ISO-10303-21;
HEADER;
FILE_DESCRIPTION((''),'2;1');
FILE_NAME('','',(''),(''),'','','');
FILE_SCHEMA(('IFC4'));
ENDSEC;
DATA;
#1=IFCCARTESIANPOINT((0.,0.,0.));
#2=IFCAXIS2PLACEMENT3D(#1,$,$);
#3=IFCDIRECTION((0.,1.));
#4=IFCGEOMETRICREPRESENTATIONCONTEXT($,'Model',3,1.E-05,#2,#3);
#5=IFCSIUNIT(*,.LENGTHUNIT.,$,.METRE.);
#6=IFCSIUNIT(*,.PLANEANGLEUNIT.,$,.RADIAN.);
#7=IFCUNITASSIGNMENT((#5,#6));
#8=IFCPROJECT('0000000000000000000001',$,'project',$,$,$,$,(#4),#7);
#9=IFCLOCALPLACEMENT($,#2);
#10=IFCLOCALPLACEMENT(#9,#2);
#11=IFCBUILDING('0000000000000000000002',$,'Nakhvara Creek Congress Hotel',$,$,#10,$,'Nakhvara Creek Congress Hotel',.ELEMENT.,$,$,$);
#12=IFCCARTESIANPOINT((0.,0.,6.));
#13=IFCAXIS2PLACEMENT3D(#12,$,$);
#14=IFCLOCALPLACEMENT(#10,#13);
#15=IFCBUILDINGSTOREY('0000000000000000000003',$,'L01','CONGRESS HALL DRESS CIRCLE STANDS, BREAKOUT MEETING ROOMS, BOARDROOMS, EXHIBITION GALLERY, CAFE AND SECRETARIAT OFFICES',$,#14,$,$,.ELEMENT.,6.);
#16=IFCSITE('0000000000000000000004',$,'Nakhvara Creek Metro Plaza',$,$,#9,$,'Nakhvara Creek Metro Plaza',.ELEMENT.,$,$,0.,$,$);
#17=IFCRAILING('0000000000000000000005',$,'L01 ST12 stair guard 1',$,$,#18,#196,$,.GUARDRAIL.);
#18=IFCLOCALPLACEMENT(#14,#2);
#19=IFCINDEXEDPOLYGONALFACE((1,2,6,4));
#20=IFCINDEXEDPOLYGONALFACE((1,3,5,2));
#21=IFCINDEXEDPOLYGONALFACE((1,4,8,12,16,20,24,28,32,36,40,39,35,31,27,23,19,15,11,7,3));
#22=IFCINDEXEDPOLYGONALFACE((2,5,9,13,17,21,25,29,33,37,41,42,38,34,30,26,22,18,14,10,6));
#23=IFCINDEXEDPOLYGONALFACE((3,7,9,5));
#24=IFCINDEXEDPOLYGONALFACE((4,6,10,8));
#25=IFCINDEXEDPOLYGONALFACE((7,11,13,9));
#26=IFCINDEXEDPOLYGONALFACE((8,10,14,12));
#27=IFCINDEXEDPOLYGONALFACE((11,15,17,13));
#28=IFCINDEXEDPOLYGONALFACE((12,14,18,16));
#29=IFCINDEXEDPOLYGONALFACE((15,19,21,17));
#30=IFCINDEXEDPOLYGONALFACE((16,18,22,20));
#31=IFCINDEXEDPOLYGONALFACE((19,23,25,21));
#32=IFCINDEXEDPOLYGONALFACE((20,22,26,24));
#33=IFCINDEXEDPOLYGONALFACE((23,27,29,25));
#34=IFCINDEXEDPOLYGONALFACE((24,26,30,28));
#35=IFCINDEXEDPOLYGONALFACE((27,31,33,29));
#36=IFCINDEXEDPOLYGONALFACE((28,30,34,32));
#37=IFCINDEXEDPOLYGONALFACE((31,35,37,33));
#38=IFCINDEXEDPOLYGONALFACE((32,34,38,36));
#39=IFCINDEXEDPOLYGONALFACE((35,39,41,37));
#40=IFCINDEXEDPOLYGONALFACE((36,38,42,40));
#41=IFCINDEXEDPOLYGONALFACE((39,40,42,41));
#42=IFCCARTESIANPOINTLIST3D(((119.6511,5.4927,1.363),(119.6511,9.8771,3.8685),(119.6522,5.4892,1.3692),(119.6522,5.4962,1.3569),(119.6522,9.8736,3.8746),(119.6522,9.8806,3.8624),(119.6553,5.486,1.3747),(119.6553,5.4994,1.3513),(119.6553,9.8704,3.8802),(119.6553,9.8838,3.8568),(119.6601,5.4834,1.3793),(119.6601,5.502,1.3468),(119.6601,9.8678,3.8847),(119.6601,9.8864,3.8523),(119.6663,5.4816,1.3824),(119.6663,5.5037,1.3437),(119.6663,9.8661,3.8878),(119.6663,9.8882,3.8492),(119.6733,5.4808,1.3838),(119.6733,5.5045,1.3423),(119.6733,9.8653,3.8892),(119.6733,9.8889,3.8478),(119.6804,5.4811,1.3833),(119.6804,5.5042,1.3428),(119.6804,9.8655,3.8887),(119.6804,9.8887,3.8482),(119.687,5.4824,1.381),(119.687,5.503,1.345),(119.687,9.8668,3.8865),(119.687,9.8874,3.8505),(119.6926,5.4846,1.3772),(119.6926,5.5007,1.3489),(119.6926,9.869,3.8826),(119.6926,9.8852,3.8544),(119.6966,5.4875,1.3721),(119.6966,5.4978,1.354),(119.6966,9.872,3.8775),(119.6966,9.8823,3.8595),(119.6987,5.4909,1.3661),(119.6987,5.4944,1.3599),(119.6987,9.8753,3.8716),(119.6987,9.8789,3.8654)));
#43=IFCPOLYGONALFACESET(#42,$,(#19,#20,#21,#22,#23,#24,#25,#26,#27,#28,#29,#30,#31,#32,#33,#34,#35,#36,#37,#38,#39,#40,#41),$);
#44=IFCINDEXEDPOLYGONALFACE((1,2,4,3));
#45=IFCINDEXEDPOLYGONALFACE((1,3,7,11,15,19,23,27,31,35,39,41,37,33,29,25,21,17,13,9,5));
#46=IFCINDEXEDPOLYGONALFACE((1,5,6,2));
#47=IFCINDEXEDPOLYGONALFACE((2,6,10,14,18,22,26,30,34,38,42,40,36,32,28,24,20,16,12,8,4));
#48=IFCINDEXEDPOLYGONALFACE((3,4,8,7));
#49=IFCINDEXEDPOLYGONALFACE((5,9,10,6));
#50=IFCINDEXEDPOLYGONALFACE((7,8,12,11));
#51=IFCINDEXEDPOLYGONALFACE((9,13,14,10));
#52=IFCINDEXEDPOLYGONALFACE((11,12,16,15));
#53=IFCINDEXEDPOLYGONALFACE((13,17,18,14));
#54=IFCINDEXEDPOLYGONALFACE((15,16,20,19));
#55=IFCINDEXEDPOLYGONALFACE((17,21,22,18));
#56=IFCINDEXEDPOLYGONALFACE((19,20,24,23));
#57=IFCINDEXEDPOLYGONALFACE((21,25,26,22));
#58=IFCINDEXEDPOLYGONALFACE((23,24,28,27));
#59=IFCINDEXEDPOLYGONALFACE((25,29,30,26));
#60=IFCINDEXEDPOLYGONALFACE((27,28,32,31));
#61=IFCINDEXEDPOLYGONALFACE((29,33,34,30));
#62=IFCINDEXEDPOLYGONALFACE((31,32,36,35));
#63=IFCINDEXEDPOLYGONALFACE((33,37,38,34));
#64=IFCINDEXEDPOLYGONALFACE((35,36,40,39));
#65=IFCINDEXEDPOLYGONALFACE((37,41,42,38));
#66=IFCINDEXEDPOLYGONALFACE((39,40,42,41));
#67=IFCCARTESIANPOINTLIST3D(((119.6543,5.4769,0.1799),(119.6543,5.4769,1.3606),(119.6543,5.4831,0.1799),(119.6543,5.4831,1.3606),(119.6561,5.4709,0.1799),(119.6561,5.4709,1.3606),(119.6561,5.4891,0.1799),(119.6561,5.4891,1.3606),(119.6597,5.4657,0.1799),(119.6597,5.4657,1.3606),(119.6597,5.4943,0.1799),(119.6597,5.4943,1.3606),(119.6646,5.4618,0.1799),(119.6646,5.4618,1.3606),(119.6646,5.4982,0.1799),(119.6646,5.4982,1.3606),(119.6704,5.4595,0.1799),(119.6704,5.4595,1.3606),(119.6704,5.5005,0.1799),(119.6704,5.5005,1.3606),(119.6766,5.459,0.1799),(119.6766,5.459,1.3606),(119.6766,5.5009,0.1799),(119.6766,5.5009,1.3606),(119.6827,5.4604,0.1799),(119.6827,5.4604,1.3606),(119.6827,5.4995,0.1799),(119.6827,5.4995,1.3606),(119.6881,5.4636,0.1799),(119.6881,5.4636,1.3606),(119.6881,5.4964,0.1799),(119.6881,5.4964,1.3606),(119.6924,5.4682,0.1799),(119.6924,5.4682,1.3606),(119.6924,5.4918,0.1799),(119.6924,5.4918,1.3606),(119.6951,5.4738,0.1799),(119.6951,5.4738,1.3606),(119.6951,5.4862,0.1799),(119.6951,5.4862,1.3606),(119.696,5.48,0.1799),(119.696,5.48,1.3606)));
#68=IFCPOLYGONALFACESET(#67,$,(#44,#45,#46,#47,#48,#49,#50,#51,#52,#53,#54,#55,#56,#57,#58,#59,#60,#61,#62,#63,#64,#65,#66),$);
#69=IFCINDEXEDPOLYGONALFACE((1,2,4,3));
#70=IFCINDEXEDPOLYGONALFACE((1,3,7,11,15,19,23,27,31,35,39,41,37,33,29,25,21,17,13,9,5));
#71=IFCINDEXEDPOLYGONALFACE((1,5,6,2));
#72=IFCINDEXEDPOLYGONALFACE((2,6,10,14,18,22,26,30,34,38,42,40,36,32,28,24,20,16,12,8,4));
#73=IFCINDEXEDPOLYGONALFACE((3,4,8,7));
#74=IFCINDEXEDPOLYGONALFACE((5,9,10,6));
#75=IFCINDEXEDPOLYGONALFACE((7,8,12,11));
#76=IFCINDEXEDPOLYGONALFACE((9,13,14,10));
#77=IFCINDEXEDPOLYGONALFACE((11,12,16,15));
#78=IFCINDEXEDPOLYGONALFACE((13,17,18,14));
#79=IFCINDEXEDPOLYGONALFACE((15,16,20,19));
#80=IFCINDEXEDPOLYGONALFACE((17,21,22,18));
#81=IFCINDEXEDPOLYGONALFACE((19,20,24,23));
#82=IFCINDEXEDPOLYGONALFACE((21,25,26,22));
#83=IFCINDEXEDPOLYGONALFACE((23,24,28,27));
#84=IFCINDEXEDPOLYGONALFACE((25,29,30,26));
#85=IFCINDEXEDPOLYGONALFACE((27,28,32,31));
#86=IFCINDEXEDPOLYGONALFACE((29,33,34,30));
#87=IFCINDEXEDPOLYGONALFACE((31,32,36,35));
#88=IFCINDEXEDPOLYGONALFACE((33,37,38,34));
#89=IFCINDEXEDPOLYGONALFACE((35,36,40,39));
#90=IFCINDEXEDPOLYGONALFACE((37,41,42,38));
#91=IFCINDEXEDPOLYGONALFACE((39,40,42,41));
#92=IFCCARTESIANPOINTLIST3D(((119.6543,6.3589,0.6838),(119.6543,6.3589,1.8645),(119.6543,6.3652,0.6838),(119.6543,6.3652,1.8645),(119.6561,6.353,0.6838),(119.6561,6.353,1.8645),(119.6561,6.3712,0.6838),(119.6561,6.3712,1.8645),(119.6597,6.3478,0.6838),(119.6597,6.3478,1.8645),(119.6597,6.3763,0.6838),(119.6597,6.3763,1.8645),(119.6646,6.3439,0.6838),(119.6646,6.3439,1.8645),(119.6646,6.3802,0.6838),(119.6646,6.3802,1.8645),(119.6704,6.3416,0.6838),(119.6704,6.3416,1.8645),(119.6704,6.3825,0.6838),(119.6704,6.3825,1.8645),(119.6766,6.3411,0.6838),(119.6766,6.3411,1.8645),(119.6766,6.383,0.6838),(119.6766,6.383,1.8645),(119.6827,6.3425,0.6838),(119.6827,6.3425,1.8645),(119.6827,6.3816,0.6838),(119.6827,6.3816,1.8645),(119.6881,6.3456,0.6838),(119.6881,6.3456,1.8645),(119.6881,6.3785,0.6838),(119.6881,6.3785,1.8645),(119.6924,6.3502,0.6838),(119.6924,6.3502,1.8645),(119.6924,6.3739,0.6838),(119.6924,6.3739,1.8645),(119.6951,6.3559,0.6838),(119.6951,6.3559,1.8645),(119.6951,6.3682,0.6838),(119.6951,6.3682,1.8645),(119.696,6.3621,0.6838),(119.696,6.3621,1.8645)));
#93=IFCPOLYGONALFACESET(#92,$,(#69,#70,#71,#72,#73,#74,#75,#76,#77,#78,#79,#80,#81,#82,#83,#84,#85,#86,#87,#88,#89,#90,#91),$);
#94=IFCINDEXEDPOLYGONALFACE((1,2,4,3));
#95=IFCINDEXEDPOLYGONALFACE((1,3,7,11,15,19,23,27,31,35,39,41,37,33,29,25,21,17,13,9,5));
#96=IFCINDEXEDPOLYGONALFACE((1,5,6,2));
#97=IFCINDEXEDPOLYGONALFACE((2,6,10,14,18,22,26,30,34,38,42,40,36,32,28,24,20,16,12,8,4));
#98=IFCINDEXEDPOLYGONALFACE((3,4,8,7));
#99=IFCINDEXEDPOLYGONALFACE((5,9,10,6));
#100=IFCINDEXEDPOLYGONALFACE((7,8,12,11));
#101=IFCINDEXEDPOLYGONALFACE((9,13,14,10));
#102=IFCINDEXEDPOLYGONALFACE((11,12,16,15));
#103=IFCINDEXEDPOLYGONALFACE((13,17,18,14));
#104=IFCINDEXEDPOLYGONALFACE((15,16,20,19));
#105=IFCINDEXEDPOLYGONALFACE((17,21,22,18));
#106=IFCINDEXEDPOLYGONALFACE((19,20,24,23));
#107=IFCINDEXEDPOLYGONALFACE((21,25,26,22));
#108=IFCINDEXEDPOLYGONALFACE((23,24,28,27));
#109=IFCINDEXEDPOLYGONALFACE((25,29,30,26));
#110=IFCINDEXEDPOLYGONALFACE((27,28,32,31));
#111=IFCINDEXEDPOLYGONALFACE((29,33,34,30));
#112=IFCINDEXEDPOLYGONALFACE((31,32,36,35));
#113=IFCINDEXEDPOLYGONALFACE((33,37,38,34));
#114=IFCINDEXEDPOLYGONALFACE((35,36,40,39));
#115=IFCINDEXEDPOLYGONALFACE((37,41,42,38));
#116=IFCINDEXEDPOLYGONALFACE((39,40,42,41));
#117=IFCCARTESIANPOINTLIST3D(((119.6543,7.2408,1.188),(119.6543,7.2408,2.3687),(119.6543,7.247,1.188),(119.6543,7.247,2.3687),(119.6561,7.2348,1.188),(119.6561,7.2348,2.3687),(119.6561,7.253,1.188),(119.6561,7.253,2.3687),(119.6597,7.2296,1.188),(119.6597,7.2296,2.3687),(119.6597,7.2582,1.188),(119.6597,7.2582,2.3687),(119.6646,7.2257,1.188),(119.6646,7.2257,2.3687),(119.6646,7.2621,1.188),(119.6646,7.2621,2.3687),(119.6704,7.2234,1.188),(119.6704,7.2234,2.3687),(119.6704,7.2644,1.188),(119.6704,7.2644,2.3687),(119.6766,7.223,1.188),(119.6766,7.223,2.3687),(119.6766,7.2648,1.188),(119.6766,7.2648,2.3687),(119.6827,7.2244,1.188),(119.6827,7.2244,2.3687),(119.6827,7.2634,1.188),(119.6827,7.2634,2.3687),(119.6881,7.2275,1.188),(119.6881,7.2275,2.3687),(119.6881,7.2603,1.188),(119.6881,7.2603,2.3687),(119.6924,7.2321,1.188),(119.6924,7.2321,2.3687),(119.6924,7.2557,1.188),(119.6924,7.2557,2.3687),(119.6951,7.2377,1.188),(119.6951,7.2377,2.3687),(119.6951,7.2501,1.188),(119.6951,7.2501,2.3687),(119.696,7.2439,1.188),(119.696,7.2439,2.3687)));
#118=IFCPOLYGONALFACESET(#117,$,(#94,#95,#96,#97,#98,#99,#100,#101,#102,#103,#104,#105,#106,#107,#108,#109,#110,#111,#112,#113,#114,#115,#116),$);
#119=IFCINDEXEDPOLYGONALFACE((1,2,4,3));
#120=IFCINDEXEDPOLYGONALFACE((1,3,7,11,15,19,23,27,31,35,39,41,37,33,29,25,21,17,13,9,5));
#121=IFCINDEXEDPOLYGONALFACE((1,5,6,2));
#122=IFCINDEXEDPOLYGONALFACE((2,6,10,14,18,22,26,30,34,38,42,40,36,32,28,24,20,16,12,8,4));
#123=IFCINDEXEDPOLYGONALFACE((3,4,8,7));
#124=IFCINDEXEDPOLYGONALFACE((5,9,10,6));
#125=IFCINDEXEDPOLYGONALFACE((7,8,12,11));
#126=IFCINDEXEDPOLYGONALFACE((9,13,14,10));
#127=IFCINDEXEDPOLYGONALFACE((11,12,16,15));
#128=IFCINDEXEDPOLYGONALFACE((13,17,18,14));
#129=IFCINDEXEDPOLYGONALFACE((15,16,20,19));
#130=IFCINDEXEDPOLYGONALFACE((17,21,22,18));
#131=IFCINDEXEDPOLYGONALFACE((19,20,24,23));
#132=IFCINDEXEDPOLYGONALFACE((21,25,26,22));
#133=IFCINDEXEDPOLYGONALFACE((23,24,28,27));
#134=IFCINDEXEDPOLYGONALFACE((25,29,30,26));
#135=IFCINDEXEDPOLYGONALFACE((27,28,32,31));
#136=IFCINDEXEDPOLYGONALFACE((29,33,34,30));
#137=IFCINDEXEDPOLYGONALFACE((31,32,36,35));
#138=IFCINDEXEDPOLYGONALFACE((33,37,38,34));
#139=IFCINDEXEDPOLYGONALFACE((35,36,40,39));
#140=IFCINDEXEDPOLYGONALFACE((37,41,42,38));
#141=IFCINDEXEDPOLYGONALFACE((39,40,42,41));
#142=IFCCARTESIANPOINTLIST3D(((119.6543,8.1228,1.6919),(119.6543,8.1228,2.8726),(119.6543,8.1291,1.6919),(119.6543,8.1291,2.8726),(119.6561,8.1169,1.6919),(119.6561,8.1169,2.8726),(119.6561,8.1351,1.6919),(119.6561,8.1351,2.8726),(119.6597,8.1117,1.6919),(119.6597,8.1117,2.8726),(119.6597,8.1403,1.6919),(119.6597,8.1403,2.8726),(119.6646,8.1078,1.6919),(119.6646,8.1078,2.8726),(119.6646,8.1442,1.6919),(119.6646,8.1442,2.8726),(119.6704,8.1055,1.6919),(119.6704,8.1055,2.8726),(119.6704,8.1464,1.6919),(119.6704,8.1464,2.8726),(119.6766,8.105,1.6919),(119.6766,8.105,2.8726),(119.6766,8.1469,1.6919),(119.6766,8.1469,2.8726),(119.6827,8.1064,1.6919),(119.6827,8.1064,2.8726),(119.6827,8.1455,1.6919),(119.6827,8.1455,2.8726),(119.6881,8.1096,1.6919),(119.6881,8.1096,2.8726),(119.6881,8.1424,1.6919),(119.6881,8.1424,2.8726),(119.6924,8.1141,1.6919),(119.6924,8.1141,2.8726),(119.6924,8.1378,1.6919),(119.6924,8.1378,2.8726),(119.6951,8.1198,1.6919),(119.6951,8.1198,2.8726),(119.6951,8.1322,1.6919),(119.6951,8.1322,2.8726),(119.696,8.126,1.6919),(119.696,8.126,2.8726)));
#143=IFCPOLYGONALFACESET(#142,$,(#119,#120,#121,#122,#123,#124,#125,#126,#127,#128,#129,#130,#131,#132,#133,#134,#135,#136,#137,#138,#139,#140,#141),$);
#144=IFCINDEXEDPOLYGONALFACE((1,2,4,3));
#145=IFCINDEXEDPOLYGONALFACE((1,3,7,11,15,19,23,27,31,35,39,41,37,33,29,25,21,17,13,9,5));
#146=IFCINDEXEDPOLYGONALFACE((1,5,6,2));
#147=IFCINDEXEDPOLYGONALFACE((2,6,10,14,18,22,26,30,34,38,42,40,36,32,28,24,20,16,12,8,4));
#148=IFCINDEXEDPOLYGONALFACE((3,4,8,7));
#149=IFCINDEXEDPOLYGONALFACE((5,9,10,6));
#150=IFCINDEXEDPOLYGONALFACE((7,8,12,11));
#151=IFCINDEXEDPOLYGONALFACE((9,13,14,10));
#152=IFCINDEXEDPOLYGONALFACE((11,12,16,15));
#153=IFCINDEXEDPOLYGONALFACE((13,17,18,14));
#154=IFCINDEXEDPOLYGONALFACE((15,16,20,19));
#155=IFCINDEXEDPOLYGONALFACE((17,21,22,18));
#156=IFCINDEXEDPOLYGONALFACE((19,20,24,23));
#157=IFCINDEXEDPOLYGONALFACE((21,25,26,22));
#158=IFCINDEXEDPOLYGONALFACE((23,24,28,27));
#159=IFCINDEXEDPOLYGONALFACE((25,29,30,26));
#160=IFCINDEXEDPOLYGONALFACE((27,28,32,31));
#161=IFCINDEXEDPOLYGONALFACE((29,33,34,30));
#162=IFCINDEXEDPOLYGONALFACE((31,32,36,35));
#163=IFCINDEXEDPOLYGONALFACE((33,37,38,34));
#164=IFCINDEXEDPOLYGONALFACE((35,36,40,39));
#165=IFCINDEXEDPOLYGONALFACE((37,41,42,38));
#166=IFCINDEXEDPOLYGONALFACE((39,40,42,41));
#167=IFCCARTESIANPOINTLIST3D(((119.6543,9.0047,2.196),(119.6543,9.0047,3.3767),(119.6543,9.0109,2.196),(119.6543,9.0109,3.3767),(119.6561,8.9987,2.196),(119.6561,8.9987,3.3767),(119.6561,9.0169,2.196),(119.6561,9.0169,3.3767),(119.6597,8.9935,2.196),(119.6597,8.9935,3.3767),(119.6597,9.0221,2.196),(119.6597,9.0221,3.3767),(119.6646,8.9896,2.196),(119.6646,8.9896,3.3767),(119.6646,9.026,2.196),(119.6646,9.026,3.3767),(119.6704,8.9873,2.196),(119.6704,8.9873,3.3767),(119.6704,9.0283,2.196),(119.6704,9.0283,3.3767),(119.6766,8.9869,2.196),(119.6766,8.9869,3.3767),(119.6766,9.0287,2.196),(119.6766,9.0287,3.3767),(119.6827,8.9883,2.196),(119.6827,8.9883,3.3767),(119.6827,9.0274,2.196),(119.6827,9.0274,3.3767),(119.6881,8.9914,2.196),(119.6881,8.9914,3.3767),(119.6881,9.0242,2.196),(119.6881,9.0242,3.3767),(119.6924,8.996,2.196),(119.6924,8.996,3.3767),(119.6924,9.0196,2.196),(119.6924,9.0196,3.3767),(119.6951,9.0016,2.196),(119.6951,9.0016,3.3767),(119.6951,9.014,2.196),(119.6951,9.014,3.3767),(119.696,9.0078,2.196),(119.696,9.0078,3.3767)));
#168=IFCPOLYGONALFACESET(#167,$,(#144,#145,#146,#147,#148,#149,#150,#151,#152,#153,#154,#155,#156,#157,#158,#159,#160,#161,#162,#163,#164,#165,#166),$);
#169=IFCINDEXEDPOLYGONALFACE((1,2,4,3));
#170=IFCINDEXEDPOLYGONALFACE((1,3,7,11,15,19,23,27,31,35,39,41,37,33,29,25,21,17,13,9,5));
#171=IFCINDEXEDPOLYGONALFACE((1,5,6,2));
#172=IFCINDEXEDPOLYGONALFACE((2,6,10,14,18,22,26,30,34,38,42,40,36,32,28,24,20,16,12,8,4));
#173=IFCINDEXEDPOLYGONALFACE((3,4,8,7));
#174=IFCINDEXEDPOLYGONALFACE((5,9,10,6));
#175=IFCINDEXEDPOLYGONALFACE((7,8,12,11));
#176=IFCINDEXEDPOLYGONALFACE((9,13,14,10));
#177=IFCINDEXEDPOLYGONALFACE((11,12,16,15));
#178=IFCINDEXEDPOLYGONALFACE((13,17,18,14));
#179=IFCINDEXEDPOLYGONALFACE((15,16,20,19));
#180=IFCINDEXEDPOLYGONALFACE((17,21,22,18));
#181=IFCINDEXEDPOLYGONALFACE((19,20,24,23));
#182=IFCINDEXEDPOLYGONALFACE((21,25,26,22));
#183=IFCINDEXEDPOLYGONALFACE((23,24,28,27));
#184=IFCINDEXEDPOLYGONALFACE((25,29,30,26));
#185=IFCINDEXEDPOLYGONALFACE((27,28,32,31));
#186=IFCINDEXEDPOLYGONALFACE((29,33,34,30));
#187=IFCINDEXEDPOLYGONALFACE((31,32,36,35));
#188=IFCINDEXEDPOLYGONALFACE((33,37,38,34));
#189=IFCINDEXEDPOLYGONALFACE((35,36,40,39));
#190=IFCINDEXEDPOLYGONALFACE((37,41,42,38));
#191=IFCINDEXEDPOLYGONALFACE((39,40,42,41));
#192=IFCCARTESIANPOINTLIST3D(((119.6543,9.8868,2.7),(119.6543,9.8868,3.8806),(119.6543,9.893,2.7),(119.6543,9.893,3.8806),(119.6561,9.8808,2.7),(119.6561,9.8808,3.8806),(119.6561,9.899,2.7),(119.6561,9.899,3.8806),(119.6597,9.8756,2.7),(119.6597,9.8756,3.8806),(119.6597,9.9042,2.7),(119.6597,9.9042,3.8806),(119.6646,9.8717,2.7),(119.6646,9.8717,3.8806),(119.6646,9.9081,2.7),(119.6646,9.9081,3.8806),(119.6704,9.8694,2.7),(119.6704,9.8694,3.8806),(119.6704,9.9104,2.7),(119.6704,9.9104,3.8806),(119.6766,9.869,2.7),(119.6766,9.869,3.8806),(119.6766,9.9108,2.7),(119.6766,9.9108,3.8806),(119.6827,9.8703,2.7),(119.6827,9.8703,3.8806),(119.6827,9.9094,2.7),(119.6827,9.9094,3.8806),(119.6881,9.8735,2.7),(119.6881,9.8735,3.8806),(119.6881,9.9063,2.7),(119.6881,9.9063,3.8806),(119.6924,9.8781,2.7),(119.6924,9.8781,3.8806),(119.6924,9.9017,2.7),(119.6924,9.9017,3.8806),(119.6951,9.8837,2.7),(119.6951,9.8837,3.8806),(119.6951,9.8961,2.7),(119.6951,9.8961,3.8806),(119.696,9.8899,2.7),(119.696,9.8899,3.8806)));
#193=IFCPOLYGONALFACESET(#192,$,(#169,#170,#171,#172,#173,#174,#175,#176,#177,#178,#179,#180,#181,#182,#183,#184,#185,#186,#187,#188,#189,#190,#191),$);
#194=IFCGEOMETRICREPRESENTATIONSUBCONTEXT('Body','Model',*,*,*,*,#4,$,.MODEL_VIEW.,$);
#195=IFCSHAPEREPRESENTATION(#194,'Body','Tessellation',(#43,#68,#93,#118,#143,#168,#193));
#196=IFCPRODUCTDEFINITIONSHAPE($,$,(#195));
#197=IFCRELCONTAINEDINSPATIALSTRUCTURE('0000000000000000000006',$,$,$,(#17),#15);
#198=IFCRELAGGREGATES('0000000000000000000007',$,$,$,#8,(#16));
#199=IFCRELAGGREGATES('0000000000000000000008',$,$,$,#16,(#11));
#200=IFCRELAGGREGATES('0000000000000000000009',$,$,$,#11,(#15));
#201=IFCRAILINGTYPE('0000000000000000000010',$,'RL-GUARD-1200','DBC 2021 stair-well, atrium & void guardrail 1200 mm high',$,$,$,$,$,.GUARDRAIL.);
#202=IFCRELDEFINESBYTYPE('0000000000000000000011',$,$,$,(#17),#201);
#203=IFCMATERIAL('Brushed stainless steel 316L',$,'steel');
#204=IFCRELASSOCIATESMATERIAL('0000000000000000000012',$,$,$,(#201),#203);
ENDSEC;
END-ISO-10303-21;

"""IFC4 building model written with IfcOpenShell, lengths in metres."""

from ifc_helpers import new_model, si_unit, direction, frame, origin, origin_2d, place, context, subcontext, project, spatial, circle, extrude, material, type_object, element, save


model = new_model("IFC4")

# Units and contexts
model_context = context("Model", 3, precision=1e-05, world=origin(), true_north=direction((0.0, 1.0)))
body_context = subcontext(model_context, "Body", "Model", "MODEL_VIEW")
ifc_project = project(units=[si_unit("LENGTHUNIT", "METRE"), si_unit("PLANEANGLEUNIT", "RADIAN")], contexts=[model_context])

# Site, building, storey
site_placement = place(None, origin())
site = spatial("IfcSite", under=ifc_project, at=site_placement, Name="Nakhvara Creek Metro Plaza", LongName="Nakhvara Creek Metro Plaza", CompositionType="ELEMENT", RefElevation=0.0)
building_placement = place(site_placement, origin())
building = spatial("IfcBuilding", under=site, at=building_placement, Name="Nakhvara Creek Congress Hotel", LongName="Nakhvara Creek Congress Hotel", CompositionType="ELEMENT")
storey_placement = place(building_placement, frame((0.0, 0.0, 6.0)))
storey = spatial("IfcBuildingStorey", under=building, at=storey_placement, Name="L01", Description="CONGRESS HALL DRESS CIRCLE STANDS, BREAKOUT MEETING ROOMS, BOARDROOMS, EXHIBITION GALLERY, CAFE AND SECRETARIAT OFFICES", CompositionType="ELEMENT", Elevation=6.0)

# Railing
ifc_material_1 = material(Name="Brushed stainless steel 316L", Category="steel")
railing_type = type_object("IfcRailingType", Name="RL-GUARD-1200", Description="DBC 2021 stair-well, atrium & void guardrail 1200 mm high", PredefinedType="GUARDRAIL", material=ifc_material_1)
railing_1_placement = place(storey_placement, frame((119.675, 5.48, 0.1799)))
element("IfcRailing", 1, at=railing_1_placement, inside=storey, type_object=railing_type, Name="L01 ST12 stair guard 1", PredefinedType="GUARDRAIL", context=body_context, shape_type="SweptSolid", body=[
    extrude(circle(Radius=0.0239, at=origin_2d()), frame((0.0, 0.0127, 1.1831), z_axis=(0.0, 0.868237, 0.496149), x_axis=(-1.0, 0.0, 0.0)), (0.0, 0.0, 1.0), 5.0498),
    extrude(circle(Radius=0.021, at=origin_2d()), origin(), (0.0, 0.0, 1.0), 1.1807),
    extrude(circle(Radius=0.021, at=origin_2d()), frame((0.0, 0.8821, 0.5039)), (0.0, 0.0, 1.0), 1.1807),
    extrude(circle(Radius=0.021, at=origin_2d()), frame((0.0, 1.7639, 1.0081)), (0.0, 0.0, 1.0), 1.1807),
    extrude(circle(Radius=0.021, at=origin_2d()), frame((0.0, 2.646, 1.512)), (0.0, 0.0, 1.0), 1.1807),
    extrude(circle(Radius=0.021, at=origin_2d()), frame((0.0, 3.5278, 2.0161)), (0.0, 0.0, 1.0), 1.1807),
    extrude(circle(Radius=0.021, at=origin_2d()), frame((0.0, 4.4099, 2.52)), (0.0, 0.0, 1.0), 1.1807),
])

save(model, "model.ifc")
